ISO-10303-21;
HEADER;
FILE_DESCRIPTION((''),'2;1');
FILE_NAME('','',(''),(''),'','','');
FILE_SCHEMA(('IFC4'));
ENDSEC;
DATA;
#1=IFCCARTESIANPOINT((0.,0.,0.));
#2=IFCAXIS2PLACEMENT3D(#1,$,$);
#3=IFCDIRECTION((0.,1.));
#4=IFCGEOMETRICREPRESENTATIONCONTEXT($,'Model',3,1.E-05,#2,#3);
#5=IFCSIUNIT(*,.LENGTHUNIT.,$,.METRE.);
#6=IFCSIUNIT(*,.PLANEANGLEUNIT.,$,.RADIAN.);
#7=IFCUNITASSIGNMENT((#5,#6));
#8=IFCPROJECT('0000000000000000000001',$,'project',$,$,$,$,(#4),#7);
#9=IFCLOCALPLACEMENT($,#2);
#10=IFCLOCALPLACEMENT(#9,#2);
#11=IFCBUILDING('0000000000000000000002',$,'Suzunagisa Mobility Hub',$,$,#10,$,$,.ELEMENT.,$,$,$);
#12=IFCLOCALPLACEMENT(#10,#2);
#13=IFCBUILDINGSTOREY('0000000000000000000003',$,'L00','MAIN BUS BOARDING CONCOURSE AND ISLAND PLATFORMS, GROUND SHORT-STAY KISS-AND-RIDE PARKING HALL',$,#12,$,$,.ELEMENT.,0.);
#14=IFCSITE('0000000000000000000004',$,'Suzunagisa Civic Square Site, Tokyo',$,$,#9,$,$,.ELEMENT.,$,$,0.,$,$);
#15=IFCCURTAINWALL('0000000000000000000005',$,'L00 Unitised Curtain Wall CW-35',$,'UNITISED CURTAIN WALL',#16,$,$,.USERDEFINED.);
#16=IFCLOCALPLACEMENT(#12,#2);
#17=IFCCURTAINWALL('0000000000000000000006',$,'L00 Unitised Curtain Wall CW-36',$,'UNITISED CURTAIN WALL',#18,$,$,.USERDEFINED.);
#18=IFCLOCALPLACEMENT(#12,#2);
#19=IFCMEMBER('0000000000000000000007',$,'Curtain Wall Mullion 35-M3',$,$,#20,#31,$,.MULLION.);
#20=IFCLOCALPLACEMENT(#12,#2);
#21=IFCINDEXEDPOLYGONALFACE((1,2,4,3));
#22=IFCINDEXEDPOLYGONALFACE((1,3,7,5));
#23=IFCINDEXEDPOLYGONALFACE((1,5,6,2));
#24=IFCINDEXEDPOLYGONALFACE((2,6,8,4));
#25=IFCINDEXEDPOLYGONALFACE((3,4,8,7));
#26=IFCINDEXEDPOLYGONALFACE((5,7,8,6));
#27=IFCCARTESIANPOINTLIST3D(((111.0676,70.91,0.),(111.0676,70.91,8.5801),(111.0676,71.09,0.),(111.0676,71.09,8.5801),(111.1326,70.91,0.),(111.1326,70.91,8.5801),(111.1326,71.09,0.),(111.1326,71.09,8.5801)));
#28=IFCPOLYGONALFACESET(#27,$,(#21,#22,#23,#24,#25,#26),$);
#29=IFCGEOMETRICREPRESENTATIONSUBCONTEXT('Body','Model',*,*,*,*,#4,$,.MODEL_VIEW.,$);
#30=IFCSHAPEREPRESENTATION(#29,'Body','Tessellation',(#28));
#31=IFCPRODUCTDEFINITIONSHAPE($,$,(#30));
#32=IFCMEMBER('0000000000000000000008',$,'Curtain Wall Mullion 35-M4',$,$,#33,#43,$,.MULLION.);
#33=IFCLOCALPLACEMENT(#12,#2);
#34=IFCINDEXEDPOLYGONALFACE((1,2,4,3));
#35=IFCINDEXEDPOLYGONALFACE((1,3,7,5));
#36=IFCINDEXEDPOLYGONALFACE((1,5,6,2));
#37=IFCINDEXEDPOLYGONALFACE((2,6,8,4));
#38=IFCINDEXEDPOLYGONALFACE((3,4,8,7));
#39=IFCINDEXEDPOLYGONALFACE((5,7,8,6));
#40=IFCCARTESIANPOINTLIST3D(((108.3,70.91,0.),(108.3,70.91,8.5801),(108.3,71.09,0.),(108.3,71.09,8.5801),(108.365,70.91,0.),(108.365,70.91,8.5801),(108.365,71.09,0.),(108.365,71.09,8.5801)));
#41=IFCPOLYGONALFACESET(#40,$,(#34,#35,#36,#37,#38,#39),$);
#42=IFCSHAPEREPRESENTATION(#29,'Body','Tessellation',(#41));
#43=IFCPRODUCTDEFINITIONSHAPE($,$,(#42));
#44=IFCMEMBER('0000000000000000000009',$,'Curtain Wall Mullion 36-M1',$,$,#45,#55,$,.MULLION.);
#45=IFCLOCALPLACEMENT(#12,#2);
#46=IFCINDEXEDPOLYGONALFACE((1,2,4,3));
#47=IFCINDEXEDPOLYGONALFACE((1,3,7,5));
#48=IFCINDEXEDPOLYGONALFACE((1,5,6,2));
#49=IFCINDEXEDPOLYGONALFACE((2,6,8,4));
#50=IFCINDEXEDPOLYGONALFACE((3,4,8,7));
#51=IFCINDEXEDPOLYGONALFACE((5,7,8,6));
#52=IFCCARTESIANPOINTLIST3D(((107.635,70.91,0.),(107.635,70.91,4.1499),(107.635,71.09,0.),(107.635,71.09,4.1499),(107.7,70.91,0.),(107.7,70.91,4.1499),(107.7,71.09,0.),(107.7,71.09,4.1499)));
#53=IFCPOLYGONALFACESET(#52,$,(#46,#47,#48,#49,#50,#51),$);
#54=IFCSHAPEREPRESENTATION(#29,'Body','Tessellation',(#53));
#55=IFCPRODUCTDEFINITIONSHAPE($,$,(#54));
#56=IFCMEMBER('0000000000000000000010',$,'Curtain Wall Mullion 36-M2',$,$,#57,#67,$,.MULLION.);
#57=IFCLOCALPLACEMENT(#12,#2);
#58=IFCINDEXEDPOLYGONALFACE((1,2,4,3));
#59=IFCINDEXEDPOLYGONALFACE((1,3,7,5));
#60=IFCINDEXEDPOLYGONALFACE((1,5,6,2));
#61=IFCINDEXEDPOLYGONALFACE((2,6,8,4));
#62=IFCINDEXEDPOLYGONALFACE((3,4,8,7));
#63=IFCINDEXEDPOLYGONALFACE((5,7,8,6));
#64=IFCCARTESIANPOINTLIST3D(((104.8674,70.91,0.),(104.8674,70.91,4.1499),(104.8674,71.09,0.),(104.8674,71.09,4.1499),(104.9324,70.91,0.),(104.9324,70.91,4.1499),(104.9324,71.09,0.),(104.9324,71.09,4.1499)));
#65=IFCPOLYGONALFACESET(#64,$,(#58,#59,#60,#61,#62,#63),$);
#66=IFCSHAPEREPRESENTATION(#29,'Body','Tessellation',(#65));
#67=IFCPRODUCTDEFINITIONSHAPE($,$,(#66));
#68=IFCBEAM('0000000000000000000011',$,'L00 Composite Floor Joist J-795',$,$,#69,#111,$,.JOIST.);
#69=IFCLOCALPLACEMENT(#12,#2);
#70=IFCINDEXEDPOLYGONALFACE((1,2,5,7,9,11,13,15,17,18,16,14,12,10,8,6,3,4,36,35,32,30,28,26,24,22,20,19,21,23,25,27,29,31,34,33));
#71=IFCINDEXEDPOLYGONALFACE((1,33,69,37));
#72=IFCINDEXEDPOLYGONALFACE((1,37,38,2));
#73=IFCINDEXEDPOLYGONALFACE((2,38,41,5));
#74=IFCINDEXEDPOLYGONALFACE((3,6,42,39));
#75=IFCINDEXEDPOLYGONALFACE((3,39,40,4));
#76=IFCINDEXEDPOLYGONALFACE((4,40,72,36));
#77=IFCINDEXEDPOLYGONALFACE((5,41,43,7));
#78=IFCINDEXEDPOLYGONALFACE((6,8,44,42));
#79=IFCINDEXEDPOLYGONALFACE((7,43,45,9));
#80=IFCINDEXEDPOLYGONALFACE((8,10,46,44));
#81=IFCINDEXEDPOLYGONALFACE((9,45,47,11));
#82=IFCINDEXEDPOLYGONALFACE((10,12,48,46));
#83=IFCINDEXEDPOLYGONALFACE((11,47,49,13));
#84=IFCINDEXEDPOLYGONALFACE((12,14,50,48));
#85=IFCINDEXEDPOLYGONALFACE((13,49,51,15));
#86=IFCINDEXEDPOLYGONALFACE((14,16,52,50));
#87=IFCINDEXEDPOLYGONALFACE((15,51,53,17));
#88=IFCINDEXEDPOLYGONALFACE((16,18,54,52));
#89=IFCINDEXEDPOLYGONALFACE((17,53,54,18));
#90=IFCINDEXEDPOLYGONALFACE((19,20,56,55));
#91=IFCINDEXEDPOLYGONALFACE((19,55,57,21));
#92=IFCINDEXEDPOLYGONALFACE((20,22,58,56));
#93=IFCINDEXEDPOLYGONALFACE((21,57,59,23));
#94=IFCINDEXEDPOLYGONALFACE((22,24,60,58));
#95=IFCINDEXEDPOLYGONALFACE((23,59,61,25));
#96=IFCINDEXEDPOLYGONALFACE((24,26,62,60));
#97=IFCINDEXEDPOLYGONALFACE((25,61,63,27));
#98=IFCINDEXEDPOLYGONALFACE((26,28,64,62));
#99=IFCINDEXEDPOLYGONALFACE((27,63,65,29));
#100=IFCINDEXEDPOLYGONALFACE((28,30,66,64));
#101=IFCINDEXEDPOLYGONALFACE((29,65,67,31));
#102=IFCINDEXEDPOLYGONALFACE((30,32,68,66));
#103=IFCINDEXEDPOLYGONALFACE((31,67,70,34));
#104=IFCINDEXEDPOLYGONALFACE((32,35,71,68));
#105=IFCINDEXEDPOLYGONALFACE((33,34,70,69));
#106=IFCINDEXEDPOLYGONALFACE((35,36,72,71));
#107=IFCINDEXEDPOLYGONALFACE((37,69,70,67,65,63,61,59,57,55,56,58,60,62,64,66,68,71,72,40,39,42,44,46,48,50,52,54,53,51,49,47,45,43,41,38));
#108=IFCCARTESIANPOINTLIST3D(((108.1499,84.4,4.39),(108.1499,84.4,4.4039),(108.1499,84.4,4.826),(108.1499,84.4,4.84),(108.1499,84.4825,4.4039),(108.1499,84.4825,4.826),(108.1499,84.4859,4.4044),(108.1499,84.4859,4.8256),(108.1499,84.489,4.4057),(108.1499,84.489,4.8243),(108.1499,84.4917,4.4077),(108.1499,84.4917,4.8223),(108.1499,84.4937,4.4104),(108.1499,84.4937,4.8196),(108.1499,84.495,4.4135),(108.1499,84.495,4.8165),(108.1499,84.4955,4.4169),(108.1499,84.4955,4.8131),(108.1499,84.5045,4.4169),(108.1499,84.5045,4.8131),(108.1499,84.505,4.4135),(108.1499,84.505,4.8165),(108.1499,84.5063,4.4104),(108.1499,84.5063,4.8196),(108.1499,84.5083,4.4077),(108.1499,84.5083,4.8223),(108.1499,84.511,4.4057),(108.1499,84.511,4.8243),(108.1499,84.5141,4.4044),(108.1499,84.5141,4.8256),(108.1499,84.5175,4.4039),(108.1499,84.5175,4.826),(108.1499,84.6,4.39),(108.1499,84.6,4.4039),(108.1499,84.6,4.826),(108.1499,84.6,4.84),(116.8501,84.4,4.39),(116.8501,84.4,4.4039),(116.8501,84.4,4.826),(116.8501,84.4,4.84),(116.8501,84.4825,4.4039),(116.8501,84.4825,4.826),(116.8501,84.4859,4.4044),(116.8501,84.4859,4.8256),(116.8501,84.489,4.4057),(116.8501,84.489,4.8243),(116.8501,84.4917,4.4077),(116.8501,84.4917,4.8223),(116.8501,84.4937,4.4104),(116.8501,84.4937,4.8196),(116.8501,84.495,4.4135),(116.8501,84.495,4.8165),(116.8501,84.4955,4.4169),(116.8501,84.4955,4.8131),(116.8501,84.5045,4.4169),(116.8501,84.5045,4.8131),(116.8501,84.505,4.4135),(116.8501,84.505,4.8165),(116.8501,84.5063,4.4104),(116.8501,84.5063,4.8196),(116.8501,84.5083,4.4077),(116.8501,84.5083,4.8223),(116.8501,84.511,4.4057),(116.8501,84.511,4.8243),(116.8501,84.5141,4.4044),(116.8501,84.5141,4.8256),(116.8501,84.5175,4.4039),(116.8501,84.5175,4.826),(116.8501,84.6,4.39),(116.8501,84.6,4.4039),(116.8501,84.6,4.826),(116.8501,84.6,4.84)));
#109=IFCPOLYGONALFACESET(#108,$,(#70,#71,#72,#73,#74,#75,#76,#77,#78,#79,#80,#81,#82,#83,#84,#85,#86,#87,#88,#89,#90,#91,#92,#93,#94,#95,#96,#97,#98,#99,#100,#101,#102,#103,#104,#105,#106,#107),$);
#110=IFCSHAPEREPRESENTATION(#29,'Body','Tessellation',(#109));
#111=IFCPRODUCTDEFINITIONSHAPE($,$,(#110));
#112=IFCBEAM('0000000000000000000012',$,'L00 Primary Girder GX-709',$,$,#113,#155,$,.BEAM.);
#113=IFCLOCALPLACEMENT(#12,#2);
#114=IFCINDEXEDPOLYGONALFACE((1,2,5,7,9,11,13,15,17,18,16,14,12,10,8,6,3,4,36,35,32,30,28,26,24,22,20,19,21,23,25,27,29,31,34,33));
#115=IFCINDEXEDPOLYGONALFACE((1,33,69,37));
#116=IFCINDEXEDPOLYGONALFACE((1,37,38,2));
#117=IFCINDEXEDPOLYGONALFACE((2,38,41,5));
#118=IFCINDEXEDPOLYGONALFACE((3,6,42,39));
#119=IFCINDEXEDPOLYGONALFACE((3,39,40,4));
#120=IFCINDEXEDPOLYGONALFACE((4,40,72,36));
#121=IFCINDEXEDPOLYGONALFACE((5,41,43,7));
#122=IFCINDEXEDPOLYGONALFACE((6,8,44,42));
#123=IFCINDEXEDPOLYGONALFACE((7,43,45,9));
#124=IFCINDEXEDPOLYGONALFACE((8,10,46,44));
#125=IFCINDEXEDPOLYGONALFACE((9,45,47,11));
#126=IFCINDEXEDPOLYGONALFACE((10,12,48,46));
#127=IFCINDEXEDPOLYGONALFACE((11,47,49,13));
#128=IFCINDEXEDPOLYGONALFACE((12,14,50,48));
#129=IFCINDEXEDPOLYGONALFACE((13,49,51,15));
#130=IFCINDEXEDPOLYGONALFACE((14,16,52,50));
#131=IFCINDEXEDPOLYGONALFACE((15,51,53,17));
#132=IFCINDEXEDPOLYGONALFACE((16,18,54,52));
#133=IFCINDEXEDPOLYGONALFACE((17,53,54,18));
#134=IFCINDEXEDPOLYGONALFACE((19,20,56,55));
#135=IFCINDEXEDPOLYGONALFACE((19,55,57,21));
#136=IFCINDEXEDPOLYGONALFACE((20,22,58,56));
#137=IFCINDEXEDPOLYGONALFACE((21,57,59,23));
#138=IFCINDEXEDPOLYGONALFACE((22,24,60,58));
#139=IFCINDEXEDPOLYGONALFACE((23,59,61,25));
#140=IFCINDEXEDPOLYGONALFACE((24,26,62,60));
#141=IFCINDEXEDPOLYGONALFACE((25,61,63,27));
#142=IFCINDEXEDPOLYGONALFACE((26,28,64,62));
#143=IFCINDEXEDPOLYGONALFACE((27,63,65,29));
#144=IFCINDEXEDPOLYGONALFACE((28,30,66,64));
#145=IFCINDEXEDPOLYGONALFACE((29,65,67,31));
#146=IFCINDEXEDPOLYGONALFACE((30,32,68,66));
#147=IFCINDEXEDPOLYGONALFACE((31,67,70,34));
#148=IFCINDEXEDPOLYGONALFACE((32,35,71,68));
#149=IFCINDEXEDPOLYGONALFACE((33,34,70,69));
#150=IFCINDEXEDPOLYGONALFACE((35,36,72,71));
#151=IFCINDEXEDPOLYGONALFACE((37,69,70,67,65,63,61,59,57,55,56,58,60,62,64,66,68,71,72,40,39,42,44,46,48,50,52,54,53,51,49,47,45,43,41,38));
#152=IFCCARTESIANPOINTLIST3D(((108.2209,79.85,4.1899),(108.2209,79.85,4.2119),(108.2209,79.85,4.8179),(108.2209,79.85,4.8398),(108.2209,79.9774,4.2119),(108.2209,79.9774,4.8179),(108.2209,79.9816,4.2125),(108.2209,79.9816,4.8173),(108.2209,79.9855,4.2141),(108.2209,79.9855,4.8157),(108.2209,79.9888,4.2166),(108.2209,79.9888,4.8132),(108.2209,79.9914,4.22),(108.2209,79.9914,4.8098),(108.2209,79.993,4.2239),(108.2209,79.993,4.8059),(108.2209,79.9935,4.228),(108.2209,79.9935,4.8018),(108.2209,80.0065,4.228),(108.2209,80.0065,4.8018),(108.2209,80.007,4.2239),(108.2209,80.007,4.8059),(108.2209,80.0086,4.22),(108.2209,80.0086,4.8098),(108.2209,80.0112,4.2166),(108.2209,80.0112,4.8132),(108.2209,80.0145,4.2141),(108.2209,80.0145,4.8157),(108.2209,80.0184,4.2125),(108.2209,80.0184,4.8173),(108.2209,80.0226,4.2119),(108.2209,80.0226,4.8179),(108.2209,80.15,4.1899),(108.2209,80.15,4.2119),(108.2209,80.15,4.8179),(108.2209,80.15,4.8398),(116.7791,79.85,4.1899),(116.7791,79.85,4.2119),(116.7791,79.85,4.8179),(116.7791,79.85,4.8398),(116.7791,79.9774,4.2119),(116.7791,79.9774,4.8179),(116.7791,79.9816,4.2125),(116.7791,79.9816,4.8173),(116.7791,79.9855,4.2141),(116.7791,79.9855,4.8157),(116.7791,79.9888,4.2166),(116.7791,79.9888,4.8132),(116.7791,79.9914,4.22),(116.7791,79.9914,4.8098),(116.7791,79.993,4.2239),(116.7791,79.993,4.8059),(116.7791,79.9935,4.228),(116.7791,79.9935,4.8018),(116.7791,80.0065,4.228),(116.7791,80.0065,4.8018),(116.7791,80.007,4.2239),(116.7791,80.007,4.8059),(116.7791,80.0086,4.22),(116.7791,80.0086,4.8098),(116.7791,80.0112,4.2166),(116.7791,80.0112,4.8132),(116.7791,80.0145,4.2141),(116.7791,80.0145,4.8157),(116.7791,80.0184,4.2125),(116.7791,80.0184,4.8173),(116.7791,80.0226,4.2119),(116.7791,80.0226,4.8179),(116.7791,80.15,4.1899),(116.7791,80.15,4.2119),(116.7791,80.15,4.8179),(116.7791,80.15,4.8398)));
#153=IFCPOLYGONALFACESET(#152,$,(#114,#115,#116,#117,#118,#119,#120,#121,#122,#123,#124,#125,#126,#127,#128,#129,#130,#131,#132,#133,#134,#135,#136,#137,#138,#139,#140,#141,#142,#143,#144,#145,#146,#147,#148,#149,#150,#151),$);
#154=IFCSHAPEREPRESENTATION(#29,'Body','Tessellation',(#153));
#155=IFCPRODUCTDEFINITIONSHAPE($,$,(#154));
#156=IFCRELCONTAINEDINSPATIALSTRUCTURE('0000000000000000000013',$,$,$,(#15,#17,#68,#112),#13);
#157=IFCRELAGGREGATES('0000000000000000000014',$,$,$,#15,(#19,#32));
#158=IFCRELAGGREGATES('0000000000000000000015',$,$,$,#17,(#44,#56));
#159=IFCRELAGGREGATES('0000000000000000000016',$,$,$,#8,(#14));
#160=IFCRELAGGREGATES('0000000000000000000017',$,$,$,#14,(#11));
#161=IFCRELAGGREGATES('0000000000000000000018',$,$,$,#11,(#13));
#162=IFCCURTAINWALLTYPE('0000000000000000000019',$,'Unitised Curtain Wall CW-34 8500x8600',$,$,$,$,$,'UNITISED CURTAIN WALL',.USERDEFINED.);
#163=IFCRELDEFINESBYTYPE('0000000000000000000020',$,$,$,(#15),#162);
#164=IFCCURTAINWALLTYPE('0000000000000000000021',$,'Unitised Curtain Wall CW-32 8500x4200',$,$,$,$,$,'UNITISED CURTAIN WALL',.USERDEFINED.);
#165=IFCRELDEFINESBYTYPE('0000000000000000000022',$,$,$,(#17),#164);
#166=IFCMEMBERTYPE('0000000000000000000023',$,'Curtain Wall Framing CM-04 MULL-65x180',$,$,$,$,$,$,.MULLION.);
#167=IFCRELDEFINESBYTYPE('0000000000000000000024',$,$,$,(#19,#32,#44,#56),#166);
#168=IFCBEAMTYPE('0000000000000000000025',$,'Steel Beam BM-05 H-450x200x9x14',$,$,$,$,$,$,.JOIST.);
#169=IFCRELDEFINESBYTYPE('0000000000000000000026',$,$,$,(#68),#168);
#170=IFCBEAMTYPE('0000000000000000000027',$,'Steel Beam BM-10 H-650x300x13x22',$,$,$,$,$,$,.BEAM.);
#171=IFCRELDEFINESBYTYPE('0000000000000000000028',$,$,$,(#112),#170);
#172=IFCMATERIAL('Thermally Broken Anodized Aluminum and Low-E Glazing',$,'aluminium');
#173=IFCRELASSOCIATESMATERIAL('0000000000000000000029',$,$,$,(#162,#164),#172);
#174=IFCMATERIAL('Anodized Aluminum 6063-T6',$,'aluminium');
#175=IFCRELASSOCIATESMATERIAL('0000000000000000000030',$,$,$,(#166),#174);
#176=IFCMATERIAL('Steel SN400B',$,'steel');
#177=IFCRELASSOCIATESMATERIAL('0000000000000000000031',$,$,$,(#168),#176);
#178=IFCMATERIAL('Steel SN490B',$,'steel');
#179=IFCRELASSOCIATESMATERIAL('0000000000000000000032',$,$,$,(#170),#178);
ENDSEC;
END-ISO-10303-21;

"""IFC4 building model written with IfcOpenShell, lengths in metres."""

from ifc_helpers import new_model, si_unit, direction, frame, origin, origin_2d, place, context, subcontext, project, spatial, rectangle, i_section, extrude, material, material_profile, profile_set, type_object, element, aggregate, save


model = new_model("IFC4")

# Units and contexts
model_context = context("Model", 3, precision=1e-05, world=origin(), true_north=direction((0.0, 1.0)))
body_context = subcontext(model_context, "Body", "Model", "MODEL_VIEW")
ifc_project = project(units=[si_unit("LENGTHUNIT", "METRE"), si_unit("PLANEANGLEUNIT", "RADIAN")], contexts=[model_context])

# Site, building, storey
site_placement = place(None, origin())
site = spatial("IfcSite", under=ifc_project, at=site_placement, Name="Suzunagisa Civic Square Site, Tokyo", CompositionType="ELEMENT", RefElevation=0.0)
building_placement = place(site_placement, origin())
building = spatial("IfcBuilding", under=site, at=building_placement, Name="Suzunagisa Mobility Hub", CompositionType="ELEMENT")
storey_placement = place(building_placement, origin())
storey = spatial("IfcBuildingStorey", under=building, at=storey_placement, Name="L00", Description="MAIN BUS BOARDING CONCOURSE AND ISLAND PLATFORMS, GROUND SHORT-STAY KISS-AND-RIDE PARKING HALL", CompositionType="ELEMENT", Elevation=0.0)

# Shared definitions
ifc_material_1 = material(Name="Steel SN490B", Category="steel")

# Curtain walls
ifc_material_2 = material(Name="Thermally Broken Anodized Aluminum and Low-E Glazing", Category="aluminium")
curtain_wall_type_1 = type_object("IfcCurtainWallType", Name="Unitised Curtain Wall CW-34 8500x8600", ElementType="UNITISED CURTAIN WALL", PredefinedType="USERDEFINED", material=ifc_material_2)
curtain_wall_1_placement = place(storey_placement, origin())
curtain_wall_1 = element("IfcCurtainWall", 1, at=curtain_wall_1_placement, inside=storey, type_object=curtain_wall_type_1, Name="L00 Unitised Curtain Wall CW-35", ObjectType="UNITISED CURTAIN WALL", PredefinedType="USERDEFINED")
ifc_material_3 = material(Name="Anodized Aluminum 6063-T6", Category="aluminium")
curtain_wall_type_2 = type_object("IfcCurtainWallType", Name="Unitised Curtain Wall CW-32 8500x4200", ElementType="UNITISED CURTAIN WALL", PredefinedType="USERDEFINED", material=ifc_material_2)
curtain_wall_2_placement = place(storey_placement, origin())
curtain_wall_2 = element("IfcCurtainWall", 2, at=curtain_wall_2_placement, inside=storey, type_object=curtain_wall_type_2, Name="L00 Unitised Curtain Wall CW-36", ObjectType="UNITISED CURTAIN WALL", PredefinedType="USERDEFINED")

# Members
ifc_material_profile_1 = material_profile(ifc_material_3, rectangle(XDim=0.0649, YDim=0.1799, at=origin_2d()), Name="MULL-65x180")
ifc_profile_set_1 = profile_set([ifc_material_profile_1], Name="Anodized Aluminum 6063-T6")
member_type_1 = type_object("IfcMemberType", Name="Curtain Wall Framing CM-04 MULL-65x180", PredefinedType="MULLION", material=ifc_profile_set_1)
member_1_placement = place(storey_placement, frame((111.1001, 71.0, 0.0), z_axis=(0.0, 0.0, 1.0), x_axis=(-1.0, 0.0, 0.0)))
member_1 = element("IfcMember", 3, at=member_1_placement, type_object=member_type_1, Name="Curtain Wall Mullion 35-M3", PredefinedType="MULLION", context=body_context, shape_type="SweptSolid", body=[
    extrude(rectangle(XDim=0.0649, YDim=0.1799, at=origin_2d()), origin(), (0.0, 0.0, 1.0), 8.5801),
])
member_2_placement = place(storey_placement, frame((108.3325, 71.0, 0.0), z_axis=(0.0, 0.0, 1.0), x_axis=(-1.0, 0.0, 0.0)))
member_2 = element("IfcMember", 4, at=member_2_placement, type_object=member_type_1, Name="Curtain Wall Mullion 35-M4", PredefinedType="MULLION", context=body_context, shape_type="SweptSolid", body=[
    extrude(rectangle(XDim=0.0649, YDim=0.1799, at=origin_2d()), origin(), (0.0, 0.0, 1.0), 8.5801),
])
member_3_placement = place(storey_placement, frame((107.6675, 71.0, 0.0), z_axis=(0.0, 0.0, 1.0), x_axis=(-1.0, 0.0, 0.0)))
member_3 = element("IfcMember", 5, at=member_3_placement, type_object=member_type_1, Name="Curtain Wall Mullion 36-M1", PredefinedType="MULLION", context=body_context, shape_type="SweptSolid", body=[
    extrude(rectangle(XDim=0.0649, YDim=0.1799, at=origin_2d()), origin(), (0.0, 0.0, 1.0), 4.1499),
])
member_4_placement = place(storey_placement, frame((104.8999, 71.0, 0.0), z_axis=(0.0, 0.0, 1.0), x_axis=(-1.0, 0.0, 0.0)))
member_4 = element("IfcMember", 6, at=member_4_placement, type_object=member_type_1, Name="Curtain Wall Mullion 36-M2", PredefinedType="MULLION", context=body_context, shape_type="SweptSolid", body=[
    extrude(rectangle(XDim=0.0649, YDim=0.1799, at=origin_2d()), origin(), (0.0, 0.0, 1.0), 4.1499),
])

# Beams
ifc_material_4 = material(Name="Steel SN400B", Category="steel")
ifc_material_profile_2 = material_profile(ifc_material_4, i_section(OverallWidth=0.2, OverallDepth=0.45, WebThickness=0.009, FlangeThickness=0.0139, FilletRadius=0.0129, at=origin_2d()), Name="H-450x200x9x14")
ifc_profile_set_2 = profile_set([ifc_material_profile_2], Name="Steel SN400B")
beam_type_1 = type_object("IfcBeamType", Name="Steel Beam BM-05 H-450x200x9x14", PredefinedType="JOIST", material=ifc_profile_set_2)
beam_1_placement = place(storey_placement, frame((108.1499, 84.5, 4.615), z_axis=(1.0, 0.0, 0.0), x_axis=(0.0, 1.0, 0.0)))
element("IfcBeam", 7, at=beam_1_placement, inside=storey, type_object=beam_type_1, Name="L00 Composite Floor Joist J-795", PredefinedType="JOIST", context=body_context, shape_type="SweptSolid", body=[
    extrude(i_section(OverallWidth=0.2, OverallDepth=0.45, WebThickness=0.009, FlangeThickness=0.0139, FilletRadius=0.0129, at=origin_2d()), origin(), (0.0, 0.0, 1.0), 8.7002),
])
ifc_material_profile_3 = material_profile(ifc_material_1, i_section(OverallWidth=0.3, OverallDepth=0.6499, WebThickness=0.0129, FlangeThickness=0.022, FilletRadius=0.0161, at=origin_2d()), Name="H-650x300x13x22")
ifc_profile_set_3 = profile_set([ifc_material_profile_3], Name="Steel SN490B")
beam_type_2 = type_object("IfcBeamType", Name="Steel Beam BM-10 H-650x300x13x22", PredefinedType="BEAM", material=ifc_profile_set_3)
beam_2_placement = place(storey_placement, frame((108.2209, 80.0, 4.5149), z_axis=(1.0, 0.0, 0.0), x_axis=(0.0, 1.0, 0.0)))
element("IfcBeam", 8, at=beam_2_placement, inside=storey, type_object=beam_type_2, Name="L00 Primary Girder GX-709", PredefinedType="BEAM", context=body_context, shape_type="SweptSolid", body=[
    extrude(i_section(OverallWidth=0.3, OverallDepth=0.6499, WebThickness=0.0129, FlangeThickness=0.022, FilletRadius=0.0161, at=origin_2d()), origin(), (0.0, 0.0, 1.0), 8.5581),
])

aggregate(curtain_wall_1, [member_1, member_2])
aggregate(curtain_wall_2, [member_3, member_4])

save(model, "model.ifc")
